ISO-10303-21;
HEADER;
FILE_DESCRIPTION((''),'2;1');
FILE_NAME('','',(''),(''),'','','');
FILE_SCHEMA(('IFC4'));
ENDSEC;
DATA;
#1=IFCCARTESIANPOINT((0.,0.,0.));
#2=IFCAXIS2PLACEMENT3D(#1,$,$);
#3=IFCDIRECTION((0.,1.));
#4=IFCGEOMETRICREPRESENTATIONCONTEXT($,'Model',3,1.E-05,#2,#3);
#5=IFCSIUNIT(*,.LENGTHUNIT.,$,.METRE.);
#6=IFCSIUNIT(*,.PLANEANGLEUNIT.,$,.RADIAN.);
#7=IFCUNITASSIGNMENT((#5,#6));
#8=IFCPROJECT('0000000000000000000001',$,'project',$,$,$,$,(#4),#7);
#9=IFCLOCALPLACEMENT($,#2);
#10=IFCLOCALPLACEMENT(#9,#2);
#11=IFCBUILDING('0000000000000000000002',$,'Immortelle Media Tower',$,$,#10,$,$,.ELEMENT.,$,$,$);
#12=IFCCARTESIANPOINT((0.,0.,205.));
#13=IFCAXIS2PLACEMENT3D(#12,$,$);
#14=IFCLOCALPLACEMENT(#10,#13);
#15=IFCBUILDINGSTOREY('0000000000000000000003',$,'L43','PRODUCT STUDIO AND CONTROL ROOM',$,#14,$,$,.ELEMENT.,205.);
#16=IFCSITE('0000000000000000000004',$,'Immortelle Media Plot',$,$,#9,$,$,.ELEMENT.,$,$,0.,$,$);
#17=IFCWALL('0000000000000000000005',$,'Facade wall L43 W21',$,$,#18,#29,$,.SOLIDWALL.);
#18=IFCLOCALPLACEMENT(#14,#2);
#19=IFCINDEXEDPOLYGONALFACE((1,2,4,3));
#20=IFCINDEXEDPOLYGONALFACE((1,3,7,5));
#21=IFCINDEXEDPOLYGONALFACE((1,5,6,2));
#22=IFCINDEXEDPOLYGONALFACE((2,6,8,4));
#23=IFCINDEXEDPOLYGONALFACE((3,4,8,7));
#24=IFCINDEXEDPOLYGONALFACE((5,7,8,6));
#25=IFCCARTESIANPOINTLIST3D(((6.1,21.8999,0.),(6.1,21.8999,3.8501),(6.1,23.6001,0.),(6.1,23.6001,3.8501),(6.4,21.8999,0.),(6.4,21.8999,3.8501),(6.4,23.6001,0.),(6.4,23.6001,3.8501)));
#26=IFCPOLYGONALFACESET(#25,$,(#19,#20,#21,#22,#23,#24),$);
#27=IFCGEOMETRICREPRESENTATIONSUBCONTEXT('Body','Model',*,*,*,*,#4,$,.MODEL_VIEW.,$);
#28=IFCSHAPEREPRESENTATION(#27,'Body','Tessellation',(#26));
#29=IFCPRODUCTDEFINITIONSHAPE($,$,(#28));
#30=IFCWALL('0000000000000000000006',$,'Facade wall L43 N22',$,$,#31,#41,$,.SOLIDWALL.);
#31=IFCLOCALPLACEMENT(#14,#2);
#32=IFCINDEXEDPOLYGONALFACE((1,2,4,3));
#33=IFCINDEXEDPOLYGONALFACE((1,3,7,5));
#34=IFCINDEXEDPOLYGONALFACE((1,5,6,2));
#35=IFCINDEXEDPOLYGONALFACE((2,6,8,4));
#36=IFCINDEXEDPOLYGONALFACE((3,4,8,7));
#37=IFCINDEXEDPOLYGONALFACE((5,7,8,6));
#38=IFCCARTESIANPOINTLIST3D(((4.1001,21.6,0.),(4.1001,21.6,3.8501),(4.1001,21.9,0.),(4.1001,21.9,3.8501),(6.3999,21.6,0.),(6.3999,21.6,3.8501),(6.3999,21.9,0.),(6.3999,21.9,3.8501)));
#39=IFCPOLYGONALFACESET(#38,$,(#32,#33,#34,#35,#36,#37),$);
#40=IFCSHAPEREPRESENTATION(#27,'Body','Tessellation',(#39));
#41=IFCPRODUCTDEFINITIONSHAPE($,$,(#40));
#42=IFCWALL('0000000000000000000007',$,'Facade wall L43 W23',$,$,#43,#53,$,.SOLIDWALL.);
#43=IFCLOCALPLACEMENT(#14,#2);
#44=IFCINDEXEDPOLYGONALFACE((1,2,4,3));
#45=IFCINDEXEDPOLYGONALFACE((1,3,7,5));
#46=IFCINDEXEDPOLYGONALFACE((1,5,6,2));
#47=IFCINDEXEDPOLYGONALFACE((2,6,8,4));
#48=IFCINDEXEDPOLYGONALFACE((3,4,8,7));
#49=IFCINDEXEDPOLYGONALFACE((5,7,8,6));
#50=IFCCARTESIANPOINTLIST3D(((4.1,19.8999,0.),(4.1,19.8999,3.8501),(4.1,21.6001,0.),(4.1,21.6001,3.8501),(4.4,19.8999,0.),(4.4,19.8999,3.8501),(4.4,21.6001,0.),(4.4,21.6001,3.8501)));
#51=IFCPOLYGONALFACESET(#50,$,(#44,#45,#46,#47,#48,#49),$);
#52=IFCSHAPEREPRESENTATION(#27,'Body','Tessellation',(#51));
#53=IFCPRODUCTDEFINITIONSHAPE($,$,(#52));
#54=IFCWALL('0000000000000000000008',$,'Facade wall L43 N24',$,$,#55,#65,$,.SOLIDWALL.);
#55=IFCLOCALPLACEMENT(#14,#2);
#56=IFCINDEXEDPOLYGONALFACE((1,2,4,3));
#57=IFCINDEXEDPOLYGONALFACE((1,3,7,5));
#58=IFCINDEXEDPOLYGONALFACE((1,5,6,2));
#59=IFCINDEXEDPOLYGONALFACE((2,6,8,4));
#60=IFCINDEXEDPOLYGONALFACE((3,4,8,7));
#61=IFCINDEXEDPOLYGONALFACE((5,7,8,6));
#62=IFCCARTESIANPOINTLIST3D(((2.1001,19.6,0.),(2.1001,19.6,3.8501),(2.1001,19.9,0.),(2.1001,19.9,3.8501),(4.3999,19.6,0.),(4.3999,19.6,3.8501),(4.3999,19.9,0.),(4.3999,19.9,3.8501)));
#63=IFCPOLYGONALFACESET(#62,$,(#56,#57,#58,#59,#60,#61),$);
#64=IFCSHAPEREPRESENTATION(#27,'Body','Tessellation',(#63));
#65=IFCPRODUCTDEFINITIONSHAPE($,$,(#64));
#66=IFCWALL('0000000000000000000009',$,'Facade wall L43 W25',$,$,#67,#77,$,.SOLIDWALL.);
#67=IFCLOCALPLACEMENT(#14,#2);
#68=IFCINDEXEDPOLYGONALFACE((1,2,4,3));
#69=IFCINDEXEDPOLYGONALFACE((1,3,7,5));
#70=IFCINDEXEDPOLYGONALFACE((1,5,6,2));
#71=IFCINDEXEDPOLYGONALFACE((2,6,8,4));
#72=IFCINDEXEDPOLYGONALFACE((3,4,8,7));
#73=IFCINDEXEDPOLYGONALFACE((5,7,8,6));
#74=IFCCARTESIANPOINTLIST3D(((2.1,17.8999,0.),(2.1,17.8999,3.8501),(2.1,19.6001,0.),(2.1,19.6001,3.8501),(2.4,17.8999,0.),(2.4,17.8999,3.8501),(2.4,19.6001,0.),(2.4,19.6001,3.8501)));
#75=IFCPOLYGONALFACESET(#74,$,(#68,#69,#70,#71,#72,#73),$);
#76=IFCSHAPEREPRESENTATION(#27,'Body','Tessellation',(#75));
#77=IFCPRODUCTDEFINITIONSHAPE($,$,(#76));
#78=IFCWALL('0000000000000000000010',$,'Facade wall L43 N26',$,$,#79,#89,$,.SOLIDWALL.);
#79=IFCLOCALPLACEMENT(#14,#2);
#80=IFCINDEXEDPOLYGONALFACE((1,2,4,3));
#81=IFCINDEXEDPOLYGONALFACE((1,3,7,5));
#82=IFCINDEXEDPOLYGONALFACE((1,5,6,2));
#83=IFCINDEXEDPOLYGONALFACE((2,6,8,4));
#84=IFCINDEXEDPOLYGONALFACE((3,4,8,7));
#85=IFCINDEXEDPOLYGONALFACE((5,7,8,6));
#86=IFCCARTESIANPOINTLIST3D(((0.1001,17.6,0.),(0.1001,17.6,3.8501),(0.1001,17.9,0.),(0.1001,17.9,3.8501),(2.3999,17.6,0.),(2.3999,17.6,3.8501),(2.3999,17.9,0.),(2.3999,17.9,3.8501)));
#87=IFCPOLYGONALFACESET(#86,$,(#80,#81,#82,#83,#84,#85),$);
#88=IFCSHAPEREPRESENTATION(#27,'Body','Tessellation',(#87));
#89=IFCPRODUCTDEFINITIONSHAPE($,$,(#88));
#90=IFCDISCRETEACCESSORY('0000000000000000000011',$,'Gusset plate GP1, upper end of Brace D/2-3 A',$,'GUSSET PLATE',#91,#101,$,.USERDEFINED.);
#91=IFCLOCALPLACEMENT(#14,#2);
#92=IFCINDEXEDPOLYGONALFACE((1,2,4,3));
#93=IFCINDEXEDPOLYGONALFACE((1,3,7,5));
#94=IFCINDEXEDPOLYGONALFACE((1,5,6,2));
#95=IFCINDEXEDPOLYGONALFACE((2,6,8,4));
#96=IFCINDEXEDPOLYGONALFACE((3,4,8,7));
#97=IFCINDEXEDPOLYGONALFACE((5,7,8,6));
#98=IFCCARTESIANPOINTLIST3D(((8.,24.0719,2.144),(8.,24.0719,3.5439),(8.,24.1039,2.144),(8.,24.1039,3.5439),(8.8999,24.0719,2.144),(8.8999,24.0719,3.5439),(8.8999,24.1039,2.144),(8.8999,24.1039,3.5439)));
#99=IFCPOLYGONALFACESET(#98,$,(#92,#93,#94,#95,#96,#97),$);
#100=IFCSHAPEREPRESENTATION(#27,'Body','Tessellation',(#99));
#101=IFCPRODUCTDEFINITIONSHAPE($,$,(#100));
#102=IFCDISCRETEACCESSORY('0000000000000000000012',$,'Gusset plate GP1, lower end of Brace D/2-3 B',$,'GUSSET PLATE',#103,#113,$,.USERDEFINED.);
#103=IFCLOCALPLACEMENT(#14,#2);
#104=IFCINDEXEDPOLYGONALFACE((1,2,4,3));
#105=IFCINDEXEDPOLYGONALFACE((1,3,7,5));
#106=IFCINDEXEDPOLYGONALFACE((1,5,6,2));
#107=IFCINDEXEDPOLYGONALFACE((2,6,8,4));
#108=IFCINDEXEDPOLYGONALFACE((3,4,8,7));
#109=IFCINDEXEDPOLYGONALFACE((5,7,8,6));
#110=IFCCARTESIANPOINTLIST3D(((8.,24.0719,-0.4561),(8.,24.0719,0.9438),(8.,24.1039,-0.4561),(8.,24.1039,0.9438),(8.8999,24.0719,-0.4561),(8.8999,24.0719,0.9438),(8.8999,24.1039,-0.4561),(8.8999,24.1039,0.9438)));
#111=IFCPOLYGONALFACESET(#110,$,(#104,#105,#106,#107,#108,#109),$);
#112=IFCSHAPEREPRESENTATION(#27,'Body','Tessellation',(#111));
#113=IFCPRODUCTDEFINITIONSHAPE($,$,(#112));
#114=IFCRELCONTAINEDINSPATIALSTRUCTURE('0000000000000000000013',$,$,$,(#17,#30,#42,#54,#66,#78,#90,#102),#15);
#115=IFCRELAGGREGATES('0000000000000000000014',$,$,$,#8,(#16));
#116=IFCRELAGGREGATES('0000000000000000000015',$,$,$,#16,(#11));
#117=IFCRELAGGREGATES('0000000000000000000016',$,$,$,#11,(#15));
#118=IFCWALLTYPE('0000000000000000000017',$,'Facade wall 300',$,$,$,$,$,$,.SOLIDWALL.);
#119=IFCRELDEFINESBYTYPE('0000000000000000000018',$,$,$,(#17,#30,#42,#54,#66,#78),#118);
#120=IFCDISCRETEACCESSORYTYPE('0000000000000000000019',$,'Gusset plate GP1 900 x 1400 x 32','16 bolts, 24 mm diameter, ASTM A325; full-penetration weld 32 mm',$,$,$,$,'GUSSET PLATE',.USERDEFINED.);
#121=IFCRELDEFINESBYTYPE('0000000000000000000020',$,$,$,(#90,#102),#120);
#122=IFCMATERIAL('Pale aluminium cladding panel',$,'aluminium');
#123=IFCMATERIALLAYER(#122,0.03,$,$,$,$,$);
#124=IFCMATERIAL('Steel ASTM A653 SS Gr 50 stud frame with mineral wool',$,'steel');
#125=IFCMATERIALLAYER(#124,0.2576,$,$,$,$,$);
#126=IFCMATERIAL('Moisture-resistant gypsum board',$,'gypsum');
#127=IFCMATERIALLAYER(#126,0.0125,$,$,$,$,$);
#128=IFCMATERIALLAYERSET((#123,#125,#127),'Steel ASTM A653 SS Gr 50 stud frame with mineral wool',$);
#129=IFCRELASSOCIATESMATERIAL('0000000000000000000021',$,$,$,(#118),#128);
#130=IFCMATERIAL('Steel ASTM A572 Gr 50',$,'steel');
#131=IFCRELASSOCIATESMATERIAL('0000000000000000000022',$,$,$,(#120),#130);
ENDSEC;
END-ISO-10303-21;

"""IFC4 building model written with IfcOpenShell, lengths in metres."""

from ifc_helpers import new_model, si_unit, direction, frame, frame_2d, origin, origin_2d, place, context, subcontext, project, spatial, rectangle, extrude, material, layer, layer_set, material_profile, profile_set, type_object, element, save


model = new_model("IFC4")

# Units and contexts
model_context = context("Model", 3, precision=1e-05, world=origin(), true_north=direction((0.0, 1.0)))
body_context = subcontext(model_context, "Body", "Model", "MODEL_VIEW")
ifc_project = project(units=[si_unit("LENGTHUNIT", "METRE"), si_unit("PLANEANGLEUNIT", "RADIAN")], contexts=[model_context])

# Site, building, storey
site_placement = place(None, origin())
site = spatial("IfcSite", under=ifc_project, at=site_placement, Name="Immortelle Media Plot", CompositionType="ELEMENT", RefElevation=0.0)
building_placement = place(site_placement, origin())
building = spatial("IfcBuilding", under=site, at=building_placement, Name="Immortelle Media Tower", CompositionType="ELEMENT")
storey_placement = place(building_placement, frame((0.0, 0.0, 205.0)))
storey = spatial("IfcBuildingStorey", under=building, at=storey_placement, Name="L43", Description="PRODUCT STUDIO AND CONTROL ROOM", CompositionType="ELEMENT", Elevation=205.0)

# Walls
ifc_material_1 = material(Name="Steel ASTM A653 SS Gr 50 stud frame with mineral wool", Category="steel")
ifc_material_2 = material(Name="Pale aluminium cladding panel", Category="aluminium")
ifc_layer_1 = layer(ifc_material_2, 0.03)
ifc_layer_2 = layer(ifc_material_1, 0.2576)
ifc_material_3 = material(Name="Moisture-resistant gypsum board", Category="gypsum")
ifc_layer_3 = layer(ifc_material_3, 0.0125)
ifc_layer_set_1 = layer_set([ifc_layer_1, ifc_layer_2, ifc_layer_3], Name="Steel ASTM A653 SS Gr 50 stud frame with mineral wool")
wall_type_1 = type_object("IfcWallType", Name="Facade wall 300", PredefinedType="SOLIDWALL", material=ifc_layer_set_1)
wall_1_placement = place(storey_placement, frame((6.25, 23.6001, 0.0), z_axis=(0.0, 0.0, 1.0), x_axis=(0.0, -1.0, 0.0)))
element("IfcWall", 1, at=wall_1_placement, inside=storey, type_object=wall_type_1, Name="Facade wall L43 W21", PredefinedType="SOLIDWALL", context=body_context, shape_type="SweptSolid", body=[
    extrude(rectangle(XDim=1.7002, YDim=0.3, at=frame_2d((0.8501, 0.0))), origin(), (0.0, 0.0, 1.0), 3.8501),
])
wall_2_placement = place(storey_placement, frame((6.3999, 21.75, 0.0), z_axis=(0.0, 0.0, 1.0), x_axis=(-1.0, 0.0, 0.0)))
element("IfcWall", 2, at=wall_2_placement, inside=storey, type_object=wall_type_1, Name="Facade wall L43 N22", PredefinedType="SOLIDWALL", context=body_context, shape_type="SweptSolid", body=[
    extrude(rectangle(XDim=2.2998, YDim=0.3, at=frame_2d((1.1499, 0.0))), origin(), (0.0, 0.0, 1.0), 3.8501),
])
wall_3_placement = place(storey_placement, frame((4.25, 21.6001, 0.0), z_axis=(0.0, 0.0, 1.0), x_axis=(0.0, -1.0, 0.0)))
element("IfcWall", 3, at=wall_3_placement, inside=storey, type_object=wall_type_1, Name="Facade wall L43 W23", PredefinedType="SOLIDWALL", context=body_context, shape_type="SweptSolid", body=[
    extrude(rectangle(XDim=1.7002, YDim=0.3, at=frame_2d((0.8501, 0.0))), origin(), (0.0, 0.0, 1.0), 3.8501),
])
wall_4_placement = place(storey_placement, frame((4.3999, 19.75, 0.0), z_axis=(0.0, 0.0, 1.0), x_axis=(-1.0, 0.0, 0.0)))
element("IfcWall", 4, at=wall_4_placement, inside=storey, type_object=wall_type_1, Name="Facade wall L43 N24", PredefinedType="SOLIDWALL", context=body_context, shape_type="SweptSolid", body=[
    extrude(rectangle(XDim=2.2998, YDim=0.3, at=frame_2d((1.1499, 0.0))), origin(), (0.0, 0.0, 1.0), 3.8501),
])
wall_5_placement = place(storey_placement, frame((2.25, 19.6001, 0.0), z_axis=(0.0, 0.0, 1.0), x_axis=(0.0, -1.0, 0.0)))
element("IfcWall", 5, at=wall_5_placement, inside=storey, type_object=wall_type_1, Name="Facade wall L43 W25", PredefinedType="SOLIDWALL", context=body_context, shape_type="SweptSolid", body=[
    extrude(rectangle(XDim=1.7002, YDim=0.3, at=frame_2d((0.8501, 0.0))), origin(), (0.0, 0.0, 1.0), 3.8501),
])
wall_6_placement = place(storey_placement, frame((2.3999, 17.75, 0.0), z_axis=(0.0, 0.0, 1.0), x_axis=(-1.0, 0.0, 0.0)))
element("IfcWall", 6, at=wall_6_placement, inside=storey, type_object=wall_type_1, Name="Facade wall L43 N26", PredefinedType="SOLIDWALL", context=body_context, shape_type="SweptSolid", body=[
    extrude(rectangle(XDim=2.2998, YDim=0.3, at=frame_2d((1.1499, 0.0))), origin(), (0.0, 0.0, 1.0), 3.8501),
])

# Discrete accessories
ifc_material_4 = material(Name="Steel ASTM A572 Gr 50", Category="steel")
ifc_material_profile_1 = material_profile(ifc_material_4, rectangle(XDim=0.032, YDim=1.3999, at=origin_2d()), Name="PL 32 x 1400")
ifc_profile_set_1 = profile_set([ifc_material_profile_1], Name="Steel ASTM A572 Gr 50")
discrete_accessory_type = type_object("IfcDiscreteAccessoryType", Name="Gusset plate GP1 900 x 1400 x 32", Description="16 bolts, 24 mm diameter, ASTM A325; full-penetration weld 32 mm", ElementType="GUSSET PLATE", PredefinedType="USERDEFINED", material=ifc_profile_set_1)
for number, where, z_axis, x_axis, name in (
    (7, (8.0, 24.0879, 2.844), (1.0, 0.0, 0.0), (0.0, 1.0, 0.0), "Gusset plate GP1, upper end of Brace D/2-3 A"),
    (8, (8.0, 24.0879, 0.2439), (1.0, 0.0, 0.0), (0.0, 1.0, 0.0), "Gusset plate GP1, lower end of Brace D/2-3 B"),
):
    element("IfcDiscreteAccessory", number, at=place(storey_placement, frame(where, z_axis=z_axis, x_axis=x_axis)), inside=storey, type_object=discrete_accessory_type, Name=name, ObjectType="GUSSET PLATE", PredefinedType="USERDEFINED", context=body_context, shape_type="SweptSolid", body=[
        extrude(rectangle(XDim=0.032, YDim=1.3999, at=origin_2d()), origin(), (0.0, 0.0, 1.0), 0.8999),
    ])

save(model, "model.ifc")
